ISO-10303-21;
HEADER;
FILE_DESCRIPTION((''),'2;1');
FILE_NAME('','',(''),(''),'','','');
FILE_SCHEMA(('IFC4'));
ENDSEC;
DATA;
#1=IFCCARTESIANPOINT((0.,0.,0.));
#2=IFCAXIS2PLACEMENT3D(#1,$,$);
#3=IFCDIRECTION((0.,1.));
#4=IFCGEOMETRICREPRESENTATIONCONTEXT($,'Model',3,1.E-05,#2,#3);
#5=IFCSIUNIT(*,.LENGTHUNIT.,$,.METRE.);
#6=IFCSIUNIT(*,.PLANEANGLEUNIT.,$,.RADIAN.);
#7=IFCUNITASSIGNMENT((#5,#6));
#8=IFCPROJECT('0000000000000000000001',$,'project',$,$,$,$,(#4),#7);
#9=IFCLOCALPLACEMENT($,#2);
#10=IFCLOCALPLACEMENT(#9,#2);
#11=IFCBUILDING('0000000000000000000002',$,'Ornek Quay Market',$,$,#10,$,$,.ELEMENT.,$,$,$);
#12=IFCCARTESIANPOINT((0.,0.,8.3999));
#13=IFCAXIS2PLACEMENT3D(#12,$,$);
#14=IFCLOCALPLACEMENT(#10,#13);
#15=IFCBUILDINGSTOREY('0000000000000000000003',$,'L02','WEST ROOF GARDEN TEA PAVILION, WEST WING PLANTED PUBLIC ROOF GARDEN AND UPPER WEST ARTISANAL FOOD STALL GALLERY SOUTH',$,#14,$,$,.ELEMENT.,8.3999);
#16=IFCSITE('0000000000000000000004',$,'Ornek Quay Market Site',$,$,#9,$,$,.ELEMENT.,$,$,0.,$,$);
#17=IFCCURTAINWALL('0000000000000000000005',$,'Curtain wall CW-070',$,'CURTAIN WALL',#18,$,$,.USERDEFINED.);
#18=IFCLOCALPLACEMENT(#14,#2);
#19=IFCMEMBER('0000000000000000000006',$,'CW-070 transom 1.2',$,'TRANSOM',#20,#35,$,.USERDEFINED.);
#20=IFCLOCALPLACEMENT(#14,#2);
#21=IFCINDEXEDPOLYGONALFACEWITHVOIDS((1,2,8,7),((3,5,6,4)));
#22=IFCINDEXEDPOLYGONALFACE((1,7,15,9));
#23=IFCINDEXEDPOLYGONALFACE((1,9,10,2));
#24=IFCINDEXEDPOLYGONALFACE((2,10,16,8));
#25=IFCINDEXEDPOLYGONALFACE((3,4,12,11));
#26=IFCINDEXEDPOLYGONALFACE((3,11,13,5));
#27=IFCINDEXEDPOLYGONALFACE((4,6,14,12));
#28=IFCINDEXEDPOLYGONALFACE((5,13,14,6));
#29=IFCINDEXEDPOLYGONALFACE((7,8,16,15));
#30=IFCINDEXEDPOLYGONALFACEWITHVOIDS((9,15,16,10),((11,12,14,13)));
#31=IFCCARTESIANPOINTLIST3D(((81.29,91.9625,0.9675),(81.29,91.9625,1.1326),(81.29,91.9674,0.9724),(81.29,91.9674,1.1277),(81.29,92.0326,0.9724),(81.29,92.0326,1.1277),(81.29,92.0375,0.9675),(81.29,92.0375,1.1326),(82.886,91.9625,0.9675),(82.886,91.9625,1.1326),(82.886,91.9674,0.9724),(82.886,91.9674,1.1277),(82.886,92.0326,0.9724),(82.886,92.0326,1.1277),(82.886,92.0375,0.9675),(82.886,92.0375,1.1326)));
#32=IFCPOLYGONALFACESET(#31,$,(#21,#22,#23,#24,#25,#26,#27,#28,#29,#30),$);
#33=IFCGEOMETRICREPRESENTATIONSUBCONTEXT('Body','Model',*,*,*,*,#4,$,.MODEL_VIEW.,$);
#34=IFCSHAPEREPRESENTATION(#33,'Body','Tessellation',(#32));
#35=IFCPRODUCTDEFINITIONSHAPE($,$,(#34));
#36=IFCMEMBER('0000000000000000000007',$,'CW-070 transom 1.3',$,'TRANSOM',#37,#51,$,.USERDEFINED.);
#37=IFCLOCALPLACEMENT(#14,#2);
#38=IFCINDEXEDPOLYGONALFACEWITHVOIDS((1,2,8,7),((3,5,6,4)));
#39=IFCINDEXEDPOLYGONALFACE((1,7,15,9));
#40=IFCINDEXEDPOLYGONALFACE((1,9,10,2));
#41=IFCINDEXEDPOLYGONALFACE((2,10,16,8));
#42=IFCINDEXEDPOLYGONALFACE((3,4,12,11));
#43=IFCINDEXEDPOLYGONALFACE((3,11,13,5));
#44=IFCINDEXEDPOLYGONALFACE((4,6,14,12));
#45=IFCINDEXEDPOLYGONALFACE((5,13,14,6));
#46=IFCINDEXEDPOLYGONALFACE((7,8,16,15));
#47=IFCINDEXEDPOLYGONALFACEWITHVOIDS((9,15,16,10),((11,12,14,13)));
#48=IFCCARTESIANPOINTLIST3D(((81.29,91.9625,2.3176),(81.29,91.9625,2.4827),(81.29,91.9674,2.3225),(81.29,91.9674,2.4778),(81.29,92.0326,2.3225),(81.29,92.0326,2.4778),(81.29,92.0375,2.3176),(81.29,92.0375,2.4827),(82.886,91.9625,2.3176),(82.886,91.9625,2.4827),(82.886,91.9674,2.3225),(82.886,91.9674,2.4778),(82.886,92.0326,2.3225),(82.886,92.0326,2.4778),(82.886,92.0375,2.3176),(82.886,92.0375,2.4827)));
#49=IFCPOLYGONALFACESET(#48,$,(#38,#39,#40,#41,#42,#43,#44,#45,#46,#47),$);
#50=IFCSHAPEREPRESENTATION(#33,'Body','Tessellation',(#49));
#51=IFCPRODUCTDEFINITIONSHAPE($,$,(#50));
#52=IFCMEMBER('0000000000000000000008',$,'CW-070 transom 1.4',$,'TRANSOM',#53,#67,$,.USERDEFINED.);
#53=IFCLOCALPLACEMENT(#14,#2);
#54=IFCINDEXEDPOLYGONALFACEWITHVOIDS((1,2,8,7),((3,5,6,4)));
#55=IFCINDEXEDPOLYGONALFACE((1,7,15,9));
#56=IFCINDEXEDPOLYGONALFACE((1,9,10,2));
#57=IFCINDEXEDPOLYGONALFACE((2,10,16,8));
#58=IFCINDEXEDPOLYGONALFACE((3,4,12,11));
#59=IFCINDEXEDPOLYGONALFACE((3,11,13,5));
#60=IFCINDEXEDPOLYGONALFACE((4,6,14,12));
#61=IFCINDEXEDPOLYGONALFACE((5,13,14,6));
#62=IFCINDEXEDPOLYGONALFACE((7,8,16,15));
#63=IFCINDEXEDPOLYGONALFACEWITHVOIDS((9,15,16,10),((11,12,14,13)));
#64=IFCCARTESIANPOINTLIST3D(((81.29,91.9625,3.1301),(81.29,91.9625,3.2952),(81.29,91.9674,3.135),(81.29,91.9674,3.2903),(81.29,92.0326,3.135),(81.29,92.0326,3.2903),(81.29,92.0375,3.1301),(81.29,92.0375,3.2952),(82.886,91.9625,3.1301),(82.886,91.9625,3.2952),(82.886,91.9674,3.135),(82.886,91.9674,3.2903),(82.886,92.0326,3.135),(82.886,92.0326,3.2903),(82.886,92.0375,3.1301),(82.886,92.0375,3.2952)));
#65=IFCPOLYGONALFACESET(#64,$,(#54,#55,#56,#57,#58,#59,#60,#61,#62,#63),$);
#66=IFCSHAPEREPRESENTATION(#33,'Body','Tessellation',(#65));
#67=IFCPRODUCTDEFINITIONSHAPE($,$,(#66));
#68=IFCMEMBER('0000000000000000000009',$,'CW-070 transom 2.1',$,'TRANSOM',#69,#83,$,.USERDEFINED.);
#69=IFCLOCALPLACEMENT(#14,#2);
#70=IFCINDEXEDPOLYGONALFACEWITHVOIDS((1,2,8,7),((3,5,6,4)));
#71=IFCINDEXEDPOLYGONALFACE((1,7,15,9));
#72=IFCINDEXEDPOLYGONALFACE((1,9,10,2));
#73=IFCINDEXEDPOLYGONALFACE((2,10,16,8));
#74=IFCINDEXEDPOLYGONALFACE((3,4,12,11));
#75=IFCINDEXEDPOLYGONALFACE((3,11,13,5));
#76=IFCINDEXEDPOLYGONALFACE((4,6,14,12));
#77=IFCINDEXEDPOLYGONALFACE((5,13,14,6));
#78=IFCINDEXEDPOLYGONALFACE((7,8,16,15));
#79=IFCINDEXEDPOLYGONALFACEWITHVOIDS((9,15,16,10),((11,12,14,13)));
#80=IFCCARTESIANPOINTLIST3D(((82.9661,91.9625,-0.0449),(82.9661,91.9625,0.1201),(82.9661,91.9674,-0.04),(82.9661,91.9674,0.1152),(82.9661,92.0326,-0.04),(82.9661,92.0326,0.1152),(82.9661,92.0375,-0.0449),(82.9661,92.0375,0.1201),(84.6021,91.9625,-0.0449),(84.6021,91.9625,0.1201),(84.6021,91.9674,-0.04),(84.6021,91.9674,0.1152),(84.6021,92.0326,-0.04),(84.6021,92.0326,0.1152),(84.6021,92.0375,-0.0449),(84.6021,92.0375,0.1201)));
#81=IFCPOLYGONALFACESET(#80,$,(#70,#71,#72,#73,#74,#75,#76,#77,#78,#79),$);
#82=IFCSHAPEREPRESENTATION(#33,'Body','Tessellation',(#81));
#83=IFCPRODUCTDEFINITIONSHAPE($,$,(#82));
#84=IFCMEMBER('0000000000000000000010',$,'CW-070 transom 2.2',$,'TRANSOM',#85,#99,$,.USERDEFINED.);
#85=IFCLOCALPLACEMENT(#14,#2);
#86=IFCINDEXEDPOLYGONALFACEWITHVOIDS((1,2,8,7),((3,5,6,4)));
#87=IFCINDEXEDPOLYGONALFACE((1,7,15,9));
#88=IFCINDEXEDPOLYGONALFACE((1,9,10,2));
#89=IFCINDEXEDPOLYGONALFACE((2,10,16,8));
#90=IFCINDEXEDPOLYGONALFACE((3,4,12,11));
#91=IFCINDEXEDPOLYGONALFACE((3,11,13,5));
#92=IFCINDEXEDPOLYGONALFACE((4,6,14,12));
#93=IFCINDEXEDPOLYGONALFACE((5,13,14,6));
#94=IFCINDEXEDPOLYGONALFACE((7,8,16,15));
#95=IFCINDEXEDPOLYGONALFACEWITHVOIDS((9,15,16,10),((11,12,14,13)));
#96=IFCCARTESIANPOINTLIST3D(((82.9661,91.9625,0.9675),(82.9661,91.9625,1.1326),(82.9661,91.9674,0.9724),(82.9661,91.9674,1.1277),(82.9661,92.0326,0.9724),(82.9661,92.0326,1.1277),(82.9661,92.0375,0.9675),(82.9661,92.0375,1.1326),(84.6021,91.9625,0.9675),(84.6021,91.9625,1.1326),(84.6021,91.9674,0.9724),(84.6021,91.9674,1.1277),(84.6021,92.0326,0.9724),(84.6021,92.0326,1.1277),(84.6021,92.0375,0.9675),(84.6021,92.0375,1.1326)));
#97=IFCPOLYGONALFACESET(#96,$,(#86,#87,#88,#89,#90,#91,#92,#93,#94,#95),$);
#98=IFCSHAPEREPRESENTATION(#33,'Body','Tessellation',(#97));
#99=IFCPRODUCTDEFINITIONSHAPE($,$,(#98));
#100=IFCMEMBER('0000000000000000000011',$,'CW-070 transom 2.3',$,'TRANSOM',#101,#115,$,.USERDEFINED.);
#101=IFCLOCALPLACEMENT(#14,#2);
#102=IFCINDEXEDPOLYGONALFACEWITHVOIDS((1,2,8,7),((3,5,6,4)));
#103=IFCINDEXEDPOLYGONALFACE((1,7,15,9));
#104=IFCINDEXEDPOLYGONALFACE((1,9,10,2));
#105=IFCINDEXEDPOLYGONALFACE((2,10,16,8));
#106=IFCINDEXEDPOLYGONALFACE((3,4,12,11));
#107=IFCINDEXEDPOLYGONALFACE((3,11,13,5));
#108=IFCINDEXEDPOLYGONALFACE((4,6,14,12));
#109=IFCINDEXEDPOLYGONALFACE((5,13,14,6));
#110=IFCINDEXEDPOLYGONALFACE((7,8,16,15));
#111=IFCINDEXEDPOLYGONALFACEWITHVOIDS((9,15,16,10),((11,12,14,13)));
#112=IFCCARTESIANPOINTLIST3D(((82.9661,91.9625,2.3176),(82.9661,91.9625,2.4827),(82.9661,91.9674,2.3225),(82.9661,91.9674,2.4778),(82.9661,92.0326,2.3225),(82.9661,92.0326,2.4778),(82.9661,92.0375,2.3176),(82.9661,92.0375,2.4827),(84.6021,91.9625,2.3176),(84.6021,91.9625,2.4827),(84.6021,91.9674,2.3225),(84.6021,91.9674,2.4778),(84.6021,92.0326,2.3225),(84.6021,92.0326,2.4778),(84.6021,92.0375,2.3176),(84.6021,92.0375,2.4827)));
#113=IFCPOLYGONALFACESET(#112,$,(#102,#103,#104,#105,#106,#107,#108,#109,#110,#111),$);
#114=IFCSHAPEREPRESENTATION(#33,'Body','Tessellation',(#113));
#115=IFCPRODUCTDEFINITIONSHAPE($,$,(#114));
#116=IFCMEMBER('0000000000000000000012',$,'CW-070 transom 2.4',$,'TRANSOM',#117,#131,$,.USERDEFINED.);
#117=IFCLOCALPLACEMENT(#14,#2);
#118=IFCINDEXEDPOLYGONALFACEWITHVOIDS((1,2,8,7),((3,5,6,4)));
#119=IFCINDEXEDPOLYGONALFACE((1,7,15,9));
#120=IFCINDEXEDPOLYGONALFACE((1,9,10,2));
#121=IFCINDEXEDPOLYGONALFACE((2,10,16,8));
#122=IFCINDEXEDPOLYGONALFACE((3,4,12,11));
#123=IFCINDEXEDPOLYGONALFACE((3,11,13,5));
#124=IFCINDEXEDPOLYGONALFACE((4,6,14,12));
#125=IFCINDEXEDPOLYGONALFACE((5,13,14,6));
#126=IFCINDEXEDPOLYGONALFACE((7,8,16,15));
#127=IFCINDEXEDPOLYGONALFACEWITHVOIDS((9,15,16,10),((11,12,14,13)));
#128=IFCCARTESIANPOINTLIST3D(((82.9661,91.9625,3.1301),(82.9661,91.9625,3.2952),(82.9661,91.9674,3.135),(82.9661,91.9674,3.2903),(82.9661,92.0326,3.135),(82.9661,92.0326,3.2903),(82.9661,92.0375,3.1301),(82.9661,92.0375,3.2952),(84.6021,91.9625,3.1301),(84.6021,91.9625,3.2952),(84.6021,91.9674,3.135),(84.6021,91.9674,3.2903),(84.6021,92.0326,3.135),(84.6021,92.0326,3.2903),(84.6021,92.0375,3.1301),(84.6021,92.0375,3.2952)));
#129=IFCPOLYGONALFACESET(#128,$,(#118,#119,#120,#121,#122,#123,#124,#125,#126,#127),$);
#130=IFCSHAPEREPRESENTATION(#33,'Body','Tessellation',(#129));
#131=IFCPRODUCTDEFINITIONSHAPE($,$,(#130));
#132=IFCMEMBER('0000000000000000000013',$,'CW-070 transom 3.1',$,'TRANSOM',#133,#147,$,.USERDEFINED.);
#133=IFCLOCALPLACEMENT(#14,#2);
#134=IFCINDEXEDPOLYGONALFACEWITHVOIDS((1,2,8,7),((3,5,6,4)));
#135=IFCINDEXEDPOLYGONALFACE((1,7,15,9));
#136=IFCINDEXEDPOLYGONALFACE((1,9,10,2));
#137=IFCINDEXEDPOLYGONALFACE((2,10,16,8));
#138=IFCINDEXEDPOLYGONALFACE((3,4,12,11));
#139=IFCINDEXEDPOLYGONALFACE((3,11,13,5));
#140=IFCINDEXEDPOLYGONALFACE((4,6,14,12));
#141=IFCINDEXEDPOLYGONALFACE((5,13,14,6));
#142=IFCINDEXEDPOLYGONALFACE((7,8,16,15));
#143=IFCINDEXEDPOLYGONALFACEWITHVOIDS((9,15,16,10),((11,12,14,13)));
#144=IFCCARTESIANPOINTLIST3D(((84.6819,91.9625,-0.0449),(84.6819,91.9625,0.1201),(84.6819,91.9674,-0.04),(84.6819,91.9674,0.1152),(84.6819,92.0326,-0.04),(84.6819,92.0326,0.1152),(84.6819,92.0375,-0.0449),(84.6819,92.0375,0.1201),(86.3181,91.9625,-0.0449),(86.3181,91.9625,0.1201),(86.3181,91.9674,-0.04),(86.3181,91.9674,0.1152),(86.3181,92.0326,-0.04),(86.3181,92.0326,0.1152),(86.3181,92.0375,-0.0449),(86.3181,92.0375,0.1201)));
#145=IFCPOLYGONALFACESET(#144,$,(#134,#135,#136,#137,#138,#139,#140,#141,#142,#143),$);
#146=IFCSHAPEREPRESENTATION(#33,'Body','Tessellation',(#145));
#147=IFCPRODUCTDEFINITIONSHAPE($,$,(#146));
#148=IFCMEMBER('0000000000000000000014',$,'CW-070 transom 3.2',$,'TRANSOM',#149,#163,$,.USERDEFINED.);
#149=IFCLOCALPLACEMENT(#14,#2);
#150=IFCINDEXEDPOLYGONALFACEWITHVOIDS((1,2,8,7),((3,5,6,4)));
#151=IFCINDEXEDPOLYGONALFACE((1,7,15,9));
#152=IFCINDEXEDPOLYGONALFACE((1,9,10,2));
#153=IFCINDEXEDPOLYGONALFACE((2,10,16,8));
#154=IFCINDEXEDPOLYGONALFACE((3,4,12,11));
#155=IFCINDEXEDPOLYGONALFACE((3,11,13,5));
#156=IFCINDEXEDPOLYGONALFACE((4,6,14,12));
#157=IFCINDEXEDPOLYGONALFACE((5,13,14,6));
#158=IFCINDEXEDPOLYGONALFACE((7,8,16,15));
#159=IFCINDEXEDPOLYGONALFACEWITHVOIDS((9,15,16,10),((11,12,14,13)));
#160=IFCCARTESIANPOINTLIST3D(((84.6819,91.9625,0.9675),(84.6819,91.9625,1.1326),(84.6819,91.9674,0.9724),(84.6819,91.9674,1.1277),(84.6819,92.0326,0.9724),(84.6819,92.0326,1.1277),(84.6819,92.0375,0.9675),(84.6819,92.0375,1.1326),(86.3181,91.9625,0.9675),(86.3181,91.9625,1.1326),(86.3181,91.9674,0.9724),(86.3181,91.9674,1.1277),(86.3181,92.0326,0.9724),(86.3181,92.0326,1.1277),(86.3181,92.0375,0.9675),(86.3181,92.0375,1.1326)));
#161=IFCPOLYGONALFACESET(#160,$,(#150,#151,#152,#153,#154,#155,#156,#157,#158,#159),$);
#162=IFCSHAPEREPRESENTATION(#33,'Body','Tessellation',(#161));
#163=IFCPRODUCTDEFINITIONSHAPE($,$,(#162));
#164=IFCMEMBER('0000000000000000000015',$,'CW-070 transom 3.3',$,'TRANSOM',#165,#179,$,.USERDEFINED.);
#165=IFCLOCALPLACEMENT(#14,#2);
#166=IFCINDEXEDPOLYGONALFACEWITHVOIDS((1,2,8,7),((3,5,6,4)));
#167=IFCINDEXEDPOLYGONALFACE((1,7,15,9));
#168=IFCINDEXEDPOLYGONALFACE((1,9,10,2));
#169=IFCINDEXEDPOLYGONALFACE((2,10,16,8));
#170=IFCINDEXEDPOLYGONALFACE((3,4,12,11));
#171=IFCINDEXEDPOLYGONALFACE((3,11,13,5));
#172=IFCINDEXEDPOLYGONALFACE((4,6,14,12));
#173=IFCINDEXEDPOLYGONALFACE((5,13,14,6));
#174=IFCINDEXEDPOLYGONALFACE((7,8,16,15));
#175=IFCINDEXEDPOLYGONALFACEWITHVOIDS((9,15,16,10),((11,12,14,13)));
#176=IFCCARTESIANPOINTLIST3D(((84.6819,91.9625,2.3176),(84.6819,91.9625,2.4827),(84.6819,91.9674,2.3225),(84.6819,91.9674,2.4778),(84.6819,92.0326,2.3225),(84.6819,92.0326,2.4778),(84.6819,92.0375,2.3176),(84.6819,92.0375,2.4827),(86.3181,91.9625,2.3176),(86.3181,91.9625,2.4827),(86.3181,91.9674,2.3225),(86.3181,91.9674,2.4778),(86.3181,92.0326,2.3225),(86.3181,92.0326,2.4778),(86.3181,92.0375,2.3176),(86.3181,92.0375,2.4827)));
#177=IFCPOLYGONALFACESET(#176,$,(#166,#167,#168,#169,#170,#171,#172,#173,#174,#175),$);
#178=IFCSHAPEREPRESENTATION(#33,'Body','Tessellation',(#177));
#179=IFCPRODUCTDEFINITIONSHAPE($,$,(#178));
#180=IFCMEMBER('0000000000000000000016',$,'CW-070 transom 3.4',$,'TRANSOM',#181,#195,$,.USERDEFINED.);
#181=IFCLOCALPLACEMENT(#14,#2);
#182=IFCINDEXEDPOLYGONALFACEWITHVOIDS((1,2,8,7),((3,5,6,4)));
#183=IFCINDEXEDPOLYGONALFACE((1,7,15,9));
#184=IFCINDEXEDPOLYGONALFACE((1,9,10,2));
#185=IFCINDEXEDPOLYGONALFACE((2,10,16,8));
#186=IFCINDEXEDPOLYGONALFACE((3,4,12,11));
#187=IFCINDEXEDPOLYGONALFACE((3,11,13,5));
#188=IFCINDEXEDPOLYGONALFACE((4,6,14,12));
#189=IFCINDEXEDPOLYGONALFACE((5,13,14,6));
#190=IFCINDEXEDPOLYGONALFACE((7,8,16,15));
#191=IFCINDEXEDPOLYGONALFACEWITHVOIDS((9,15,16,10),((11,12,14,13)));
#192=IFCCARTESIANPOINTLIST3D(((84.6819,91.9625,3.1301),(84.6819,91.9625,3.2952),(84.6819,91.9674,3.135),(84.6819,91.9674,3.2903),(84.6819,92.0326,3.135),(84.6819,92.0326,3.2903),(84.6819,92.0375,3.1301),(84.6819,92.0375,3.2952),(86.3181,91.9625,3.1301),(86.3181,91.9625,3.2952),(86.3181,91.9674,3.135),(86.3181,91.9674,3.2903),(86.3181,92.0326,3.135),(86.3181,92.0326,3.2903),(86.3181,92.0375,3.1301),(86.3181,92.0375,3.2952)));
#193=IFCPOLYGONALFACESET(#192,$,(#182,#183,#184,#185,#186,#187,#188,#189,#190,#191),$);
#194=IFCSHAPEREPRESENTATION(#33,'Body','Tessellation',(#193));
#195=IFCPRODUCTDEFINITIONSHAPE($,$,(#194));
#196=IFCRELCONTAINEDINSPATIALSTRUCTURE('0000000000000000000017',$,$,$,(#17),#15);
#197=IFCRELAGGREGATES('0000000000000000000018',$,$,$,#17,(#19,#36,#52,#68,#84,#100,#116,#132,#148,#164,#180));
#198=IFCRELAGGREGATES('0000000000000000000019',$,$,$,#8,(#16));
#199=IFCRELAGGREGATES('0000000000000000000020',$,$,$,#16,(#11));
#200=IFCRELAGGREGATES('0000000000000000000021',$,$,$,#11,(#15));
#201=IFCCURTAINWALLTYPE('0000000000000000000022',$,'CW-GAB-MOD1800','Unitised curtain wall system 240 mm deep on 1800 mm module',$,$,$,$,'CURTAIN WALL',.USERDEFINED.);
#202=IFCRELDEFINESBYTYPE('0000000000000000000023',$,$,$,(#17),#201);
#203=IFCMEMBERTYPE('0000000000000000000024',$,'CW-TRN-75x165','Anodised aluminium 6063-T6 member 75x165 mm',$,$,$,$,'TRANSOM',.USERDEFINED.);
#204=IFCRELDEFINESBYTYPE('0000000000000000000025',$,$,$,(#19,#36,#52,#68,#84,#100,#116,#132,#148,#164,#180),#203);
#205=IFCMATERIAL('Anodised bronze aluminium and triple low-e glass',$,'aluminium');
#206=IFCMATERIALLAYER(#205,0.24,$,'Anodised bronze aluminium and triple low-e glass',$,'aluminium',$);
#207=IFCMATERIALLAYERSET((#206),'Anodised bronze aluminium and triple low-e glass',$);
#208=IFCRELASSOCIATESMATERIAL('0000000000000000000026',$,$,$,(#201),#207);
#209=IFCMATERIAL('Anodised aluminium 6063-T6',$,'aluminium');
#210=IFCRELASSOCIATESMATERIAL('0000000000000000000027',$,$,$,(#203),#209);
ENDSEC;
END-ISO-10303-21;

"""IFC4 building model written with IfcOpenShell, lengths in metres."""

from ifc_helpers import new_model, si_unit, direction, frame, origin, origin_2d, place, context, subcontext, project, spatial, hollow_rectangle, extrude, material, layer, layer_set, material_profile, profile_set, type_object, element, aggregate, save


model = new_model("IFC4")

# Units and contexts
model_context = context("Model", 3, precision=1e-05, world=origin(), true_north=direction((0.0, 1.0)))
body_context = subcontext(model_context, "Body", "Model", "MODEL_VIEW")
ifc_project = project(units=[si_unit("LENGTHUNIT", "METRE"), si_unit("PLANEANGLEUNIT", "RADIAN")], contexts=[model_context])

# Site, building, storey
site_placement = place(None, origin())
site = spatial("IfcSite", under=ifc_project, at=site_placement, Name="Ornek Quay Market Site", CompositionType="ELEMENT", RefElevation=0.0)
building_placement = place(site_placement, origin())
building = spatial("IfcBuilding", under=site, at=building_placement, Name="Ornek Quay Market", CompositionType="ELEMENT")
storey_placement = place(building_placement, frame((0.0, 0.0, 8.3999)))
storey = spatial("IfcBuildingStorey", under=building, at=storey_placement, Name="L02", Description="WEST ROOF GARDEN TEA PAVILION, WEST WING PLANTED PUBLIC ROOF GARDEN AND UPPER WEST ARTISANAL FOOD STALL GALLERY SOUTH", CompositionType="ELEMENT", Elevation=8.3999)

# Curtain wall
ifc_material_1 = material(Name="Anodised bronze aluminium and triple low-e glass", Category="aluminium")
ifc_layer_1 = layer(ifc_material_1, 0.24, Name="Anodised bronze aluminium and triple low-e glass", Category="aluminium")
ifc_layer_set_1 = layer_set([ifc_layer_1], Name="Anodised bronze aluminium and triple low-e glass")
curtain_wall_type = type_object("IfcCurtainWallType", Name="CW-GAB-MOD1800", Description="Unitised curtain wall system 240 mm deep on 1800 mm module", ElementType="CURTAIN WALL", PredefinedType="USERDEFINED", material=ifc_layer_set_1)
ifc_material_2 = material(Name="Anodised aluminium 6063-T6", Category="aluminium")
curtain_wall_1_placement = place(storey_placement, origin())
curtain_wall_1 = element("IfcCurtainWall", 1, at=curtain_wall_1_placement, inside=storey, type_object=curtain_wall_type, Name="Curtain wall CW-070", ObjectType="CURTAIN WALL", PredefinedType="USERDEFINED")

# Members
ifc_material_profile_1 = material_profile(ifc_material_2, hollow_rectangle(XDim=0.075, YDim=0.165, WallThickness=0.0049, at=origin_2d()), Name="CW-TRN-75x165", Category="aluminium")
ifc_profile_set_1 = profile_set([ifc_material_profile_1], Name="Anodised aluminium 6063-T6")
member_type_1 = type_object("IfcMemberType", Name="CW-TRN-75x165", Description="Anodised aluminium 6063-T6 member 75x165 mm", ElementType="TRANSOM", PredefinedType="USERDEFINED", material=ifc_profile_set_1)
member_1_placement = place(storey_placement, frame((81.29, 92.0, 1.05), z_axis=(1.0, 0.0, 0.0), x_axis=(0.0, 1.0, 0.0)))
member_1 = element("IfcMember", 2, at=member_1_placement, type_object=member_type_1, Name="CW-070 transom 1.2", ObjectType="TRANSOM", PredefinedType="USERDEFINED", context=body_context, shape_type="SweptSolid", body=[
    extrude(hollow_rectangle(XDim=0.075, YDim=0.165, WallThickness=0.0049, at=origin_2d()), origin(), (0.0, 0.0, 1.0), 1.5959),
])
member_2_placement = place(storey_placement, frame((81.29, 92.0, 2.4001), z_axis=(1.0, 0.0, 0.0), x_axis=(0.0, 1.0, 0.0)))
member_2 = element("IfcMember", 3, at=member_2_placement, type_object=member_type_1, Name="CW-070 transom 1.3", ObjectType="TRANSOM", PredefinedType="USERDEFINED", context=body_context, shape_type="SweptSolid", body=[
    extrude(hollow_rectangle(XDim=0.075, YDim=0.165, WallThickness=0.0049, at=origin_2d()), origin(), (0.0, 0.0, 1.0), 1.5959),
])
member_3_placement = place(storey_placement, frame((81.29, 92.0, 3.2126), z_axis=(1.0, 0.0, 0.0), x_axis=(0.0, 1.0, 0.0)))
member_3 = element("IfcMember", 4, at=member_3_placement, type_object=member_type_1, Name="CW-070 transom 1.4", ObjectType="TRANSOM", PredefinedType="USERDEFINED", context=body_context, shape_type="SweptSolid", body=[
    extrude(hollow_rectangle(XDim=0.075, YDim=0.165, WallThickness=0.0049, at=origin_2d()), origin(), (0.0, 0.0, 1.0), 1.5959),
])
member_4_placement = place(storey_placement, frame((82.9661, 92.0, 0.0376), z_axis=(1.0, 0.0, 0.0), x_axis=(0.0, 1.0, 0.0)))
member_4 = element("IfcMember", 5, at=member_4_placement, type_object=member_type_1, Name="CW-070 transom 2.1", ObjectType="TRANSOM", PredefinedType="USERDEFINED", context=body_context, shape_type="SweptSolid", body=[
    extrude(hollow_rectangle(XDim=0.075, YDim=0.165, WallThickness=0.0049, at=origin_2d()), origin(), (0.0, 0.0, 1.0), 1.636),
])
member_5_placement = place(storey_placement, frame((82.9661, 92.0, 1.05), z_axis=(1.0, 0.0, 0.0), x_axis=(0.0, 1.0, 0.0)))
member_5 = element("IfcMember", 6, at=member_5_placement, type_object=member_type_1, Name="CW-070 transom 2.2", ObjectType="TRANSOM", PredefinedType="USERDEFINED", context=body_context, shape_type="SweptSolid", body=[
    extrude(hollow_rectangle(XDim=0.075, YDim=0.165, WallThickness=0.0049, at=origin_2d()), origin(), (0.0, 0.0, 1.0), 1.636),
])
member_6_placement = place(storey_placement, frame((82.9661, 92.0, 2.4001), z_axis=(1.0, 0.0, 0.0), x_axis=(0.0, 1.0, 0.0)))
member_6 = element("IfcMember", 7, at=member_6_placement, type_object=member_type_1, Name="CW-070 transom 2.3", ObjectType="TRANSOM", PredefinedType="USERDEFINED", context=body_context, shape_type="SweptSolid", body=[
    extrude(hollow_rectangle(XDim=0.075, YDim=0.165, WallThickness=0.0049, at=origin_2d()), origin(), (0.0, 0.0, 1.0), 1.636),
])
member_7_placement = place(storey_placement, frame((82.9661, 92.0, 3.2126), z_axis=(1.0, 0.0, 0.0), x_axis=(0.0, 1.0, 0.0)))
member_7 = element("IfcMember", 8, at=member_7_placement, type_object=member_type_1, Name="CW-070 transom 2.4", ObjectType="TRANSOM", PredefinedType="USERDEFINED", context=body_context, shape_type="SweptSolid", body=[
    extrude(hollow_rectangle(XDim=0.075, YDim=0.165, WallThickness=0.0049, at=origin_2d()), origin(), (0.0, 0.0, 1.0), 1.636),
])
member_8_placement = place(storey_placement, frame((84.6819, 92.0, 0.0376), z_axis=(1.0, 0.0, 0.0), x_axis=(0.0, 1.0, 0.0)))
member_8 = element("IfcMember", 9, at=member_8_placement, type_object=member_type_1, Name="CW-070 transom 3.1", ObjectType="TRANSOM", PredefinedType="USERDEFINED", context=body_context, shape_type="SweptSolid", body=[
    extrude(hollow_rectangle(XDim=0.075, YDim=0.165, WallThickness=0.0049, at=origin_2d()), origin(), (0.0, 0.0, 1.0), 1.6362),
])
member_9_placement = place(storey_placement, frame((84.6819, 92.0, 1.05), z_axis=(1.0, 0.0, 0.0), x_axis=(0.0, 1.0, 0.0)))
member_9 = element("IfcMember", 10, at=member_9_placement, type_object=member_type_1, Name="CW-070 transom 3.2", ObjectType="TRANSOM", PredefinedType="USERDEFINED", context=body_context, shape_type="SweptSolid", body=[
    extrude(hollow_rectangle(XDim=0.075, YDim=0.165, WallThickness=0.0049, at=origin_2d()), origin(), (0.0, 0.0, 1.0), 1.6362),
])
member_10_placement = place(storey_placement, frame((84.6819, 92.0, 2.4001), z_axis=(1.0, 0.0, 0.0), x_axis=(0.0, 1.0, 0.0)))
member_10 = element("IfcMember", 11, at=member_10_placement, type_object=member_type_1, Name="CW-070 transom 3.3", ObjectType="TRANSOM", PredefinedType="USERDEFINED", context=body_context, shape_type="SweptSolid", body=[
    extrude(hollow_rectangle(XDim=0.075, YDim=0.165, WallThickness=0.0049, at=origin_2d()), origin(), (0.0, 0.0, 1.0), 1.6362),
])
member_11_placement = place(storey_placement, frame((84.6819, 92.0, 3.2126), z_axis=(1.0, 0.0, 0.0), x_axis=(0.0, 1.0, 0.0)))
member_11 = element("IfcMember", 12, at=member_11_placement, type_object=member_type_1, Name="CW-070 transom 3.4", ObjectType="TRANSOM", PredefinedType="USERDEFINED", context=body_context, shape_type="SweptSolid", body=[
    extrude(hollow_rectangle(XDim=0.075, YDim=0.165, WallThickness=0.0049, at=origin_2d()), origin(), (0.0, 0.0, 1.0), 1.6362),
])

aggregate(curtain_wall_1, [member_1, member_2, member_3, member_4, member_5, member_6, member_7, member_8, member_9, member_10, member_11])

save(model, "model.ifc")
